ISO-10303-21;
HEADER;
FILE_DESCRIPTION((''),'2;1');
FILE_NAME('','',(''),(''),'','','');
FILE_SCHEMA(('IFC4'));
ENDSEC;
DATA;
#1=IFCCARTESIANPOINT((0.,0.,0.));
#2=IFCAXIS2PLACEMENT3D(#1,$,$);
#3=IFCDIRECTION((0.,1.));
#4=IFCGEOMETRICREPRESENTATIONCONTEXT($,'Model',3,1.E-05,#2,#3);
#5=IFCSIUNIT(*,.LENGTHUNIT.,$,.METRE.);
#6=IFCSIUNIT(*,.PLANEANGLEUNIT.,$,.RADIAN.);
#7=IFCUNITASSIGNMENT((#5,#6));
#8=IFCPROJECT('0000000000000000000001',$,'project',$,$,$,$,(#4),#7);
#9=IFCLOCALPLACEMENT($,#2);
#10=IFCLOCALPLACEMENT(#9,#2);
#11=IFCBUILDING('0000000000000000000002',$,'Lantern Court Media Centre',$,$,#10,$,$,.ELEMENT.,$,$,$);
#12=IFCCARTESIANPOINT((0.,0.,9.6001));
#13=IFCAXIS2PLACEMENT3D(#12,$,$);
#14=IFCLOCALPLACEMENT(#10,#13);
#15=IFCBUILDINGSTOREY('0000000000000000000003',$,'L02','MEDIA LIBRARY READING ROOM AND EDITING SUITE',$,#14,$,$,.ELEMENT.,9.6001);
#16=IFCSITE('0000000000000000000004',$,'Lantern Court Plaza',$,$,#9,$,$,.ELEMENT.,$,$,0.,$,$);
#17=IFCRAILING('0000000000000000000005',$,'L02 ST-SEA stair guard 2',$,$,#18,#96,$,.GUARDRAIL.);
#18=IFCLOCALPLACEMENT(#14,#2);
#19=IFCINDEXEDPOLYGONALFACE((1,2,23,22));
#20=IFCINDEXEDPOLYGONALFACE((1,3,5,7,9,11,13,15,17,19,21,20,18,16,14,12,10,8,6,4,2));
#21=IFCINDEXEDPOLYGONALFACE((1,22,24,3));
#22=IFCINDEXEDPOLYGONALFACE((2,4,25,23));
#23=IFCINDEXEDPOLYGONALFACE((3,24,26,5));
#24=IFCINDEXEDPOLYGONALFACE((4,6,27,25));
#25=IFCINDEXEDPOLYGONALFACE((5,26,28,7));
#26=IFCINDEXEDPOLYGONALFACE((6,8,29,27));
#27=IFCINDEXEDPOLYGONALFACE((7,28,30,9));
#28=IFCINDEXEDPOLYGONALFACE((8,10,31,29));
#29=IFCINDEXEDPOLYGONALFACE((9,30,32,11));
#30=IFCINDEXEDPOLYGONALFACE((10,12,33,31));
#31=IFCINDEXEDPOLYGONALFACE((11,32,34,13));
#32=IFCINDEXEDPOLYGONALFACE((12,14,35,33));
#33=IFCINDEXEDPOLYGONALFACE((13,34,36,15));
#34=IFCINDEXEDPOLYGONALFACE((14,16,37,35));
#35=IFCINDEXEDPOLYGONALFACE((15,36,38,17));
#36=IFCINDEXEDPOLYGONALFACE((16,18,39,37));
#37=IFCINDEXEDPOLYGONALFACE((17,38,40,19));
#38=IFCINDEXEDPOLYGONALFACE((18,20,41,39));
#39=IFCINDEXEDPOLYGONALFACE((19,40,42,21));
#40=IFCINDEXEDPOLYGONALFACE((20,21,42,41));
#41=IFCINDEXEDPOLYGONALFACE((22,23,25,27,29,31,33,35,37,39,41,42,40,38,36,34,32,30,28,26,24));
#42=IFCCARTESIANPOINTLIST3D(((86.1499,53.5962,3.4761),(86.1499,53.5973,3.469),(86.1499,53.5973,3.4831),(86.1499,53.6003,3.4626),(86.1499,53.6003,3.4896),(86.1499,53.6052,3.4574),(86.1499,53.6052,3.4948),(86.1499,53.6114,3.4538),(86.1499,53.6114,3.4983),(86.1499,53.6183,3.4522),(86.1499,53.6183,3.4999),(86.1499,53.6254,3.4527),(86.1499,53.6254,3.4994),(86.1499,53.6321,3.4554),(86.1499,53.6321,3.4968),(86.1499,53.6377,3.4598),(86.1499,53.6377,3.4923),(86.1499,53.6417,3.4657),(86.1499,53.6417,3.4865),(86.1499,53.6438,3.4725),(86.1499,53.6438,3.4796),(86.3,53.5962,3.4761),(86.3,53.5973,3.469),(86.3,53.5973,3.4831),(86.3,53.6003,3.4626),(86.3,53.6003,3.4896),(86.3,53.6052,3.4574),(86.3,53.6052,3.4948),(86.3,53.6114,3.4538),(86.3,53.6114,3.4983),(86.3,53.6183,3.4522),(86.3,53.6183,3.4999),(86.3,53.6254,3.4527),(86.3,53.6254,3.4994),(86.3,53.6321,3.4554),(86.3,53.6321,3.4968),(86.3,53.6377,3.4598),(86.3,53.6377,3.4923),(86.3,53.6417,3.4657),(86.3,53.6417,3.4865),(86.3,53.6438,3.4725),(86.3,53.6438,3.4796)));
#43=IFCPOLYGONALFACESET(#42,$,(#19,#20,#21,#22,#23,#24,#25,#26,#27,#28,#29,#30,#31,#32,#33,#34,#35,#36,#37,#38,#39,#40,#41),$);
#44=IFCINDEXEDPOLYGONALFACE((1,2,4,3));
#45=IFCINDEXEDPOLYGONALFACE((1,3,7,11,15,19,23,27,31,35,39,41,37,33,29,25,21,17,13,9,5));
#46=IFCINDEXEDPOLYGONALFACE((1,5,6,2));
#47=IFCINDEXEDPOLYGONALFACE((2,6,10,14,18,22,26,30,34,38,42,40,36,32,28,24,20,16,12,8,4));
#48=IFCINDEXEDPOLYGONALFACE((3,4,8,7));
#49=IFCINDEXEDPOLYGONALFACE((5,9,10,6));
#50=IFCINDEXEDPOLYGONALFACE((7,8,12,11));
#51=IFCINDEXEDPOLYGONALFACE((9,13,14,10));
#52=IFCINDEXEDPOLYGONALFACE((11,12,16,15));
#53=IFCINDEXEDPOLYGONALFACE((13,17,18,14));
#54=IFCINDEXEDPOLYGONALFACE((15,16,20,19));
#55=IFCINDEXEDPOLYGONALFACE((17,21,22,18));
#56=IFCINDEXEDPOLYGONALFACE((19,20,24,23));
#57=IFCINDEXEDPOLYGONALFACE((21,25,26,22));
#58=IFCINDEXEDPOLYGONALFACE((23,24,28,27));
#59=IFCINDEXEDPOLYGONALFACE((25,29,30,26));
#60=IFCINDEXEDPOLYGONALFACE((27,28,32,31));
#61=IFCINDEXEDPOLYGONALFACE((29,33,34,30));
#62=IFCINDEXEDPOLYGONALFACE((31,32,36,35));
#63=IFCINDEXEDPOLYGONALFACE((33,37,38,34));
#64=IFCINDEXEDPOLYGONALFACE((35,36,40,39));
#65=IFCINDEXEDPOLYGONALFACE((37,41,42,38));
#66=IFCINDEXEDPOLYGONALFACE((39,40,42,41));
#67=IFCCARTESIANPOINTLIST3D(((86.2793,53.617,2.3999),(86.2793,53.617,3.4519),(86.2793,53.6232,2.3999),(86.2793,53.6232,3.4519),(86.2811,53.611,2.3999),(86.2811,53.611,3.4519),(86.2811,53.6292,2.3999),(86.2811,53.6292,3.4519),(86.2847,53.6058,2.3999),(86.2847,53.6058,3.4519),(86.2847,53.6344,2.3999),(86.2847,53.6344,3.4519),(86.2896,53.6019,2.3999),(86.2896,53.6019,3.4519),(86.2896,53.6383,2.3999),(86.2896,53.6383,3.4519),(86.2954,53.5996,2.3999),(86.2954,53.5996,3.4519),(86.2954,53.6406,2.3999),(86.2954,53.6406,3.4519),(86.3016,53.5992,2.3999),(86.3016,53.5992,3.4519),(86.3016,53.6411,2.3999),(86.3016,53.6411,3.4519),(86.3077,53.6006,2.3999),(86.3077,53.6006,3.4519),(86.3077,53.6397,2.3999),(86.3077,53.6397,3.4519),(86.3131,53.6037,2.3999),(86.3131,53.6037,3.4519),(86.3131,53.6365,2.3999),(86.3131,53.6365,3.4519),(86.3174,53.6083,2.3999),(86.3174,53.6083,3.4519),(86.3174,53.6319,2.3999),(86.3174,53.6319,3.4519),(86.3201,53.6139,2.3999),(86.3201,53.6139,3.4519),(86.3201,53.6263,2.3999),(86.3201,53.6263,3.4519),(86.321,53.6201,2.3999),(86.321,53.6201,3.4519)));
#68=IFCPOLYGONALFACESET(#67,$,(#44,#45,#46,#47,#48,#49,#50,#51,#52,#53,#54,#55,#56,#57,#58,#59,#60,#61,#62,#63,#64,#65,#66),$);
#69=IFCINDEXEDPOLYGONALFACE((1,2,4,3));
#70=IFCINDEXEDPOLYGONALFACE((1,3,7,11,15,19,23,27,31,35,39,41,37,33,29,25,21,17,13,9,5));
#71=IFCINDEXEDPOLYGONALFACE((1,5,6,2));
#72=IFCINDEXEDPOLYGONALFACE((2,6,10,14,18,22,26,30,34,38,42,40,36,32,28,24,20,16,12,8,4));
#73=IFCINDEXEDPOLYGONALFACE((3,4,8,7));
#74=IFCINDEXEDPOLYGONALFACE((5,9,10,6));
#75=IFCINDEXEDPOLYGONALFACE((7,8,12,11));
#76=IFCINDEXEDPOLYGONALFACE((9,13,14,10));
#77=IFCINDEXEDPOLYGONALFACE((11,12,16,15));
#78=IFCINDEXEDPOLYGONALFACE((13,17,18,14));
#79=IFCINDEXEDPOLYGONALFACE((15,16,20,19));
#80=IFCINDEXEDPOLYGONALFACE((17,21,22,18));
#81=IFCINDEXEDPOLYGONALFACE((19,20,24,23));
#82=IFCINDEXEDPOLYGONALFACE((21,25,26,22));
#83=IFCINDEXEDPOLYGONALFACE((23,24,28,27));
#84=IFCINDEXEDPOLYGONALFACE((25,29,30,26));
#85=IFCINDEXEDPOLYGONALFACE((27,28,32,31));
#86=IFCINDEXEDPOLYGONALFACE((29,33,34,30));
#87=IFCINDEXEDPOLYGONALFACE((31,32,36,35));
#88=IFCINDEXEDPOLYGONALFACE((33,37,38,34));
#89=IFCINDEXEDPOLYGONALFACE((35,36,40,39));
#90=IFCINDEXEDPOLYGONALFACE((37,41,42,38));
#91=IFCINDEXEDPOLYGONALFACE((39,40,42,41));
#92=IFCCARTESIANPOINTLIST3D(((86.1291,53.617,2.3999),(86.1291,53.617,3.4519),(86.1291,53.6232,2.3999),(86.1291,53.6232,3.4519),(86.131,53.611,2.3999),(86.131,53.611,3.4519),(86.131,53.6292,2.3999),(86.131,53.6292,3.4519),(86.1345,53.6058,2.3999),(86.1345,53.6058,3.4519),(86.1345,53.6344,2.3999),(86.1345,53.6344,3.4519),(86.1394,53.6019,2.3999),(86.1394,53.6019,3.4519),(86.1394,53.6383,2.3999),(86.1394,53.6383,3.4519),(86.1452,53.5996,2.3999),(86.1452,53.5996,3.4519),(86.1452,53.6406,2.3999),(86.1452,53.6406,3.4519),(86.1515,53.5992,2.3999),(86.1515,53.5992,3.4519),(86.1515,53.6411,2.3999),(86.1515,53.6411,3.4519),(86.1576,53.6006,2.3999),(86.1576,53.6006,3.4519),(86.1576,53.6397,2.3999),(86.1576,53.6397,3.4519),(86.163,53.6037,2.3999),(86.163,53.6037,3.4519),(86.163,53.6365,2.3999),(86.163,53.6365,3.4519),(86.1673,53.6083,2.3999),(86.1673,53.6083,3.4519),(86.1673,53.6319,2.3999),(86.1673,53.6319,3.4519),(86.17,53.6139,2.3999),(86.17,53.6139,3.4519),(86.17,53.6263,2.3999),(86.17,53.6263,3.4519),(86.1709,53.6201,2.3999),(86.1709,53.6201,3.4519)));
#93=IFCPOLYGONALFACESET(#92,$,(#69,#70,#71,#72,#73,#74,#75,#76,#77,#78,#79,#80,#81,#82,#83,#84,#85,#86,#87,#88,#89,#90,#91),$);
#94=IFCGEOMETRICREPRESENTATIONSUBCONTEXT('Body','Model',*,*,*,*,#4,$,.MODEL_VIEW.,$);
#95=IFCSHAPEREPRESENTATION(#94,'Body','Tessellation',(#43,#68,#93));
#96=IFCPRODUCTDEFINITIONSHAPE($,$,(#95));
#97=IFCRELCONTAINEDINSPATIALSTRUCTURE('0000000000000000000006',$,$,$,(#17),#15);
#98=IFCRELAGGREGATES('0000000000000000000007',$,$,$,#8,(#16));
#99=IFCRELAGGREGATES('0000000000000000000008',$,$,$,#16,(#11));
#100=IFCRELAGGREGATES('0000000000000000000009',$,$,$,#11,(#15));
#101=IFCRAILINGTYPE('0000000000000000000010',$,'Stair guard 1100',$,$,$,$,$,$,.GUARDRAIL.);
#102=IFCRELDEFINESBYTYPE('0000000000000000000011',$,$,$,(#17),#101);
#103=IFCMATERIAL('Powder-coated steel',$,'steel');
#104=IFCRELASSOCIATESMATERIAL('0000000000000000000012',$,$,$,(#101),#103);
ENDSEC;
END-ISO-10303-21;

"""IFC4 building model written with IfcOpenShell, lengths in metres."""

from ifc_helpers import new_model, si_unit, direction, frame, origin, origin_2d, place, context, subcontext, project, spatial, circle, extrude, material, type_object, element, save


model = new_model("IFC4")

# Units and contexts
model_context = context("Model", 3, precision=1e-05, world=origin(), true_north=direction((0.0, 1.0)))
body_context = subcontext(model_context, "Body", "Model", "MODEL_VIEW")
ifc_project = project(units=[si_unit("LENGTHUNIT", "METRE"), si_unit("PLANEANGLEUNIT", "RADIAN")], contexts=[model_context])

# Site, building, storey
site_placement = place(None, origin())
site = spatial("IfcSite", under=ifc_project, at=site_placement, Name="Lantern Court Plaza", CompositionType="ELEMENT", RefElevation=0.0)
building_placement = place(site_placement, origin())
building = spatial("IfcBuilding", under=site, at=building_placement, Name="Lantern Court Media Centre", CompositionType="ELEMENT")
storey_placement = place(building_placement, frame((0.0, 0.0, 9.6001)))
storey = spatial("IfcBuildingStorey", under=building, at=storey_placement, Name="L02", Description="MEDIA LIBRARY READING ROOM AND EDITING SUITE", CompositionType="ELEMENT", Elevation=9.6001)

# Railing
ifc_material_1 = material(Name="Powder-coated steel", Category="steel")
railing_type_1 = type_object("IfcRailingType", Name="Stair guard 1100", PredefinedType="GUARDRAIL", material=ifc_material_1)
railing_1_placement = place(storey_placement, frame((86.3, 53.6201, 2.3999)))
element("IfcRailing", 1, at=railing_1_placement, inside=storey, type_object=railing_type_1, Name="L02 ST-SEA stair guard 2", PredefinedType="GUARDRAIL", context=body_context, shape_type="SweptSolid", body=[
    extrude(circle(Radius=0.0239, at=origin_2d()), frame((0.0, 0.0, 1.0762), z_axis=(-1.0, 0.0, 0.0), x_axis=(0.0, -1.0, 0.0)), (0.0, 0.0, 1.0), 0.1501),
    extrude(circle(Radius=0.021, at=origin_2d()), origin(), (0.0, 0.0, 1.0), 1.052),
    extrude(circle(Radius=0.021, at=origin_2d()), frame((-0.1501, 0.0, 0.0)), (0.0, 0.0, 1.0), 1.052),
])

save(model, "model.ifc")
